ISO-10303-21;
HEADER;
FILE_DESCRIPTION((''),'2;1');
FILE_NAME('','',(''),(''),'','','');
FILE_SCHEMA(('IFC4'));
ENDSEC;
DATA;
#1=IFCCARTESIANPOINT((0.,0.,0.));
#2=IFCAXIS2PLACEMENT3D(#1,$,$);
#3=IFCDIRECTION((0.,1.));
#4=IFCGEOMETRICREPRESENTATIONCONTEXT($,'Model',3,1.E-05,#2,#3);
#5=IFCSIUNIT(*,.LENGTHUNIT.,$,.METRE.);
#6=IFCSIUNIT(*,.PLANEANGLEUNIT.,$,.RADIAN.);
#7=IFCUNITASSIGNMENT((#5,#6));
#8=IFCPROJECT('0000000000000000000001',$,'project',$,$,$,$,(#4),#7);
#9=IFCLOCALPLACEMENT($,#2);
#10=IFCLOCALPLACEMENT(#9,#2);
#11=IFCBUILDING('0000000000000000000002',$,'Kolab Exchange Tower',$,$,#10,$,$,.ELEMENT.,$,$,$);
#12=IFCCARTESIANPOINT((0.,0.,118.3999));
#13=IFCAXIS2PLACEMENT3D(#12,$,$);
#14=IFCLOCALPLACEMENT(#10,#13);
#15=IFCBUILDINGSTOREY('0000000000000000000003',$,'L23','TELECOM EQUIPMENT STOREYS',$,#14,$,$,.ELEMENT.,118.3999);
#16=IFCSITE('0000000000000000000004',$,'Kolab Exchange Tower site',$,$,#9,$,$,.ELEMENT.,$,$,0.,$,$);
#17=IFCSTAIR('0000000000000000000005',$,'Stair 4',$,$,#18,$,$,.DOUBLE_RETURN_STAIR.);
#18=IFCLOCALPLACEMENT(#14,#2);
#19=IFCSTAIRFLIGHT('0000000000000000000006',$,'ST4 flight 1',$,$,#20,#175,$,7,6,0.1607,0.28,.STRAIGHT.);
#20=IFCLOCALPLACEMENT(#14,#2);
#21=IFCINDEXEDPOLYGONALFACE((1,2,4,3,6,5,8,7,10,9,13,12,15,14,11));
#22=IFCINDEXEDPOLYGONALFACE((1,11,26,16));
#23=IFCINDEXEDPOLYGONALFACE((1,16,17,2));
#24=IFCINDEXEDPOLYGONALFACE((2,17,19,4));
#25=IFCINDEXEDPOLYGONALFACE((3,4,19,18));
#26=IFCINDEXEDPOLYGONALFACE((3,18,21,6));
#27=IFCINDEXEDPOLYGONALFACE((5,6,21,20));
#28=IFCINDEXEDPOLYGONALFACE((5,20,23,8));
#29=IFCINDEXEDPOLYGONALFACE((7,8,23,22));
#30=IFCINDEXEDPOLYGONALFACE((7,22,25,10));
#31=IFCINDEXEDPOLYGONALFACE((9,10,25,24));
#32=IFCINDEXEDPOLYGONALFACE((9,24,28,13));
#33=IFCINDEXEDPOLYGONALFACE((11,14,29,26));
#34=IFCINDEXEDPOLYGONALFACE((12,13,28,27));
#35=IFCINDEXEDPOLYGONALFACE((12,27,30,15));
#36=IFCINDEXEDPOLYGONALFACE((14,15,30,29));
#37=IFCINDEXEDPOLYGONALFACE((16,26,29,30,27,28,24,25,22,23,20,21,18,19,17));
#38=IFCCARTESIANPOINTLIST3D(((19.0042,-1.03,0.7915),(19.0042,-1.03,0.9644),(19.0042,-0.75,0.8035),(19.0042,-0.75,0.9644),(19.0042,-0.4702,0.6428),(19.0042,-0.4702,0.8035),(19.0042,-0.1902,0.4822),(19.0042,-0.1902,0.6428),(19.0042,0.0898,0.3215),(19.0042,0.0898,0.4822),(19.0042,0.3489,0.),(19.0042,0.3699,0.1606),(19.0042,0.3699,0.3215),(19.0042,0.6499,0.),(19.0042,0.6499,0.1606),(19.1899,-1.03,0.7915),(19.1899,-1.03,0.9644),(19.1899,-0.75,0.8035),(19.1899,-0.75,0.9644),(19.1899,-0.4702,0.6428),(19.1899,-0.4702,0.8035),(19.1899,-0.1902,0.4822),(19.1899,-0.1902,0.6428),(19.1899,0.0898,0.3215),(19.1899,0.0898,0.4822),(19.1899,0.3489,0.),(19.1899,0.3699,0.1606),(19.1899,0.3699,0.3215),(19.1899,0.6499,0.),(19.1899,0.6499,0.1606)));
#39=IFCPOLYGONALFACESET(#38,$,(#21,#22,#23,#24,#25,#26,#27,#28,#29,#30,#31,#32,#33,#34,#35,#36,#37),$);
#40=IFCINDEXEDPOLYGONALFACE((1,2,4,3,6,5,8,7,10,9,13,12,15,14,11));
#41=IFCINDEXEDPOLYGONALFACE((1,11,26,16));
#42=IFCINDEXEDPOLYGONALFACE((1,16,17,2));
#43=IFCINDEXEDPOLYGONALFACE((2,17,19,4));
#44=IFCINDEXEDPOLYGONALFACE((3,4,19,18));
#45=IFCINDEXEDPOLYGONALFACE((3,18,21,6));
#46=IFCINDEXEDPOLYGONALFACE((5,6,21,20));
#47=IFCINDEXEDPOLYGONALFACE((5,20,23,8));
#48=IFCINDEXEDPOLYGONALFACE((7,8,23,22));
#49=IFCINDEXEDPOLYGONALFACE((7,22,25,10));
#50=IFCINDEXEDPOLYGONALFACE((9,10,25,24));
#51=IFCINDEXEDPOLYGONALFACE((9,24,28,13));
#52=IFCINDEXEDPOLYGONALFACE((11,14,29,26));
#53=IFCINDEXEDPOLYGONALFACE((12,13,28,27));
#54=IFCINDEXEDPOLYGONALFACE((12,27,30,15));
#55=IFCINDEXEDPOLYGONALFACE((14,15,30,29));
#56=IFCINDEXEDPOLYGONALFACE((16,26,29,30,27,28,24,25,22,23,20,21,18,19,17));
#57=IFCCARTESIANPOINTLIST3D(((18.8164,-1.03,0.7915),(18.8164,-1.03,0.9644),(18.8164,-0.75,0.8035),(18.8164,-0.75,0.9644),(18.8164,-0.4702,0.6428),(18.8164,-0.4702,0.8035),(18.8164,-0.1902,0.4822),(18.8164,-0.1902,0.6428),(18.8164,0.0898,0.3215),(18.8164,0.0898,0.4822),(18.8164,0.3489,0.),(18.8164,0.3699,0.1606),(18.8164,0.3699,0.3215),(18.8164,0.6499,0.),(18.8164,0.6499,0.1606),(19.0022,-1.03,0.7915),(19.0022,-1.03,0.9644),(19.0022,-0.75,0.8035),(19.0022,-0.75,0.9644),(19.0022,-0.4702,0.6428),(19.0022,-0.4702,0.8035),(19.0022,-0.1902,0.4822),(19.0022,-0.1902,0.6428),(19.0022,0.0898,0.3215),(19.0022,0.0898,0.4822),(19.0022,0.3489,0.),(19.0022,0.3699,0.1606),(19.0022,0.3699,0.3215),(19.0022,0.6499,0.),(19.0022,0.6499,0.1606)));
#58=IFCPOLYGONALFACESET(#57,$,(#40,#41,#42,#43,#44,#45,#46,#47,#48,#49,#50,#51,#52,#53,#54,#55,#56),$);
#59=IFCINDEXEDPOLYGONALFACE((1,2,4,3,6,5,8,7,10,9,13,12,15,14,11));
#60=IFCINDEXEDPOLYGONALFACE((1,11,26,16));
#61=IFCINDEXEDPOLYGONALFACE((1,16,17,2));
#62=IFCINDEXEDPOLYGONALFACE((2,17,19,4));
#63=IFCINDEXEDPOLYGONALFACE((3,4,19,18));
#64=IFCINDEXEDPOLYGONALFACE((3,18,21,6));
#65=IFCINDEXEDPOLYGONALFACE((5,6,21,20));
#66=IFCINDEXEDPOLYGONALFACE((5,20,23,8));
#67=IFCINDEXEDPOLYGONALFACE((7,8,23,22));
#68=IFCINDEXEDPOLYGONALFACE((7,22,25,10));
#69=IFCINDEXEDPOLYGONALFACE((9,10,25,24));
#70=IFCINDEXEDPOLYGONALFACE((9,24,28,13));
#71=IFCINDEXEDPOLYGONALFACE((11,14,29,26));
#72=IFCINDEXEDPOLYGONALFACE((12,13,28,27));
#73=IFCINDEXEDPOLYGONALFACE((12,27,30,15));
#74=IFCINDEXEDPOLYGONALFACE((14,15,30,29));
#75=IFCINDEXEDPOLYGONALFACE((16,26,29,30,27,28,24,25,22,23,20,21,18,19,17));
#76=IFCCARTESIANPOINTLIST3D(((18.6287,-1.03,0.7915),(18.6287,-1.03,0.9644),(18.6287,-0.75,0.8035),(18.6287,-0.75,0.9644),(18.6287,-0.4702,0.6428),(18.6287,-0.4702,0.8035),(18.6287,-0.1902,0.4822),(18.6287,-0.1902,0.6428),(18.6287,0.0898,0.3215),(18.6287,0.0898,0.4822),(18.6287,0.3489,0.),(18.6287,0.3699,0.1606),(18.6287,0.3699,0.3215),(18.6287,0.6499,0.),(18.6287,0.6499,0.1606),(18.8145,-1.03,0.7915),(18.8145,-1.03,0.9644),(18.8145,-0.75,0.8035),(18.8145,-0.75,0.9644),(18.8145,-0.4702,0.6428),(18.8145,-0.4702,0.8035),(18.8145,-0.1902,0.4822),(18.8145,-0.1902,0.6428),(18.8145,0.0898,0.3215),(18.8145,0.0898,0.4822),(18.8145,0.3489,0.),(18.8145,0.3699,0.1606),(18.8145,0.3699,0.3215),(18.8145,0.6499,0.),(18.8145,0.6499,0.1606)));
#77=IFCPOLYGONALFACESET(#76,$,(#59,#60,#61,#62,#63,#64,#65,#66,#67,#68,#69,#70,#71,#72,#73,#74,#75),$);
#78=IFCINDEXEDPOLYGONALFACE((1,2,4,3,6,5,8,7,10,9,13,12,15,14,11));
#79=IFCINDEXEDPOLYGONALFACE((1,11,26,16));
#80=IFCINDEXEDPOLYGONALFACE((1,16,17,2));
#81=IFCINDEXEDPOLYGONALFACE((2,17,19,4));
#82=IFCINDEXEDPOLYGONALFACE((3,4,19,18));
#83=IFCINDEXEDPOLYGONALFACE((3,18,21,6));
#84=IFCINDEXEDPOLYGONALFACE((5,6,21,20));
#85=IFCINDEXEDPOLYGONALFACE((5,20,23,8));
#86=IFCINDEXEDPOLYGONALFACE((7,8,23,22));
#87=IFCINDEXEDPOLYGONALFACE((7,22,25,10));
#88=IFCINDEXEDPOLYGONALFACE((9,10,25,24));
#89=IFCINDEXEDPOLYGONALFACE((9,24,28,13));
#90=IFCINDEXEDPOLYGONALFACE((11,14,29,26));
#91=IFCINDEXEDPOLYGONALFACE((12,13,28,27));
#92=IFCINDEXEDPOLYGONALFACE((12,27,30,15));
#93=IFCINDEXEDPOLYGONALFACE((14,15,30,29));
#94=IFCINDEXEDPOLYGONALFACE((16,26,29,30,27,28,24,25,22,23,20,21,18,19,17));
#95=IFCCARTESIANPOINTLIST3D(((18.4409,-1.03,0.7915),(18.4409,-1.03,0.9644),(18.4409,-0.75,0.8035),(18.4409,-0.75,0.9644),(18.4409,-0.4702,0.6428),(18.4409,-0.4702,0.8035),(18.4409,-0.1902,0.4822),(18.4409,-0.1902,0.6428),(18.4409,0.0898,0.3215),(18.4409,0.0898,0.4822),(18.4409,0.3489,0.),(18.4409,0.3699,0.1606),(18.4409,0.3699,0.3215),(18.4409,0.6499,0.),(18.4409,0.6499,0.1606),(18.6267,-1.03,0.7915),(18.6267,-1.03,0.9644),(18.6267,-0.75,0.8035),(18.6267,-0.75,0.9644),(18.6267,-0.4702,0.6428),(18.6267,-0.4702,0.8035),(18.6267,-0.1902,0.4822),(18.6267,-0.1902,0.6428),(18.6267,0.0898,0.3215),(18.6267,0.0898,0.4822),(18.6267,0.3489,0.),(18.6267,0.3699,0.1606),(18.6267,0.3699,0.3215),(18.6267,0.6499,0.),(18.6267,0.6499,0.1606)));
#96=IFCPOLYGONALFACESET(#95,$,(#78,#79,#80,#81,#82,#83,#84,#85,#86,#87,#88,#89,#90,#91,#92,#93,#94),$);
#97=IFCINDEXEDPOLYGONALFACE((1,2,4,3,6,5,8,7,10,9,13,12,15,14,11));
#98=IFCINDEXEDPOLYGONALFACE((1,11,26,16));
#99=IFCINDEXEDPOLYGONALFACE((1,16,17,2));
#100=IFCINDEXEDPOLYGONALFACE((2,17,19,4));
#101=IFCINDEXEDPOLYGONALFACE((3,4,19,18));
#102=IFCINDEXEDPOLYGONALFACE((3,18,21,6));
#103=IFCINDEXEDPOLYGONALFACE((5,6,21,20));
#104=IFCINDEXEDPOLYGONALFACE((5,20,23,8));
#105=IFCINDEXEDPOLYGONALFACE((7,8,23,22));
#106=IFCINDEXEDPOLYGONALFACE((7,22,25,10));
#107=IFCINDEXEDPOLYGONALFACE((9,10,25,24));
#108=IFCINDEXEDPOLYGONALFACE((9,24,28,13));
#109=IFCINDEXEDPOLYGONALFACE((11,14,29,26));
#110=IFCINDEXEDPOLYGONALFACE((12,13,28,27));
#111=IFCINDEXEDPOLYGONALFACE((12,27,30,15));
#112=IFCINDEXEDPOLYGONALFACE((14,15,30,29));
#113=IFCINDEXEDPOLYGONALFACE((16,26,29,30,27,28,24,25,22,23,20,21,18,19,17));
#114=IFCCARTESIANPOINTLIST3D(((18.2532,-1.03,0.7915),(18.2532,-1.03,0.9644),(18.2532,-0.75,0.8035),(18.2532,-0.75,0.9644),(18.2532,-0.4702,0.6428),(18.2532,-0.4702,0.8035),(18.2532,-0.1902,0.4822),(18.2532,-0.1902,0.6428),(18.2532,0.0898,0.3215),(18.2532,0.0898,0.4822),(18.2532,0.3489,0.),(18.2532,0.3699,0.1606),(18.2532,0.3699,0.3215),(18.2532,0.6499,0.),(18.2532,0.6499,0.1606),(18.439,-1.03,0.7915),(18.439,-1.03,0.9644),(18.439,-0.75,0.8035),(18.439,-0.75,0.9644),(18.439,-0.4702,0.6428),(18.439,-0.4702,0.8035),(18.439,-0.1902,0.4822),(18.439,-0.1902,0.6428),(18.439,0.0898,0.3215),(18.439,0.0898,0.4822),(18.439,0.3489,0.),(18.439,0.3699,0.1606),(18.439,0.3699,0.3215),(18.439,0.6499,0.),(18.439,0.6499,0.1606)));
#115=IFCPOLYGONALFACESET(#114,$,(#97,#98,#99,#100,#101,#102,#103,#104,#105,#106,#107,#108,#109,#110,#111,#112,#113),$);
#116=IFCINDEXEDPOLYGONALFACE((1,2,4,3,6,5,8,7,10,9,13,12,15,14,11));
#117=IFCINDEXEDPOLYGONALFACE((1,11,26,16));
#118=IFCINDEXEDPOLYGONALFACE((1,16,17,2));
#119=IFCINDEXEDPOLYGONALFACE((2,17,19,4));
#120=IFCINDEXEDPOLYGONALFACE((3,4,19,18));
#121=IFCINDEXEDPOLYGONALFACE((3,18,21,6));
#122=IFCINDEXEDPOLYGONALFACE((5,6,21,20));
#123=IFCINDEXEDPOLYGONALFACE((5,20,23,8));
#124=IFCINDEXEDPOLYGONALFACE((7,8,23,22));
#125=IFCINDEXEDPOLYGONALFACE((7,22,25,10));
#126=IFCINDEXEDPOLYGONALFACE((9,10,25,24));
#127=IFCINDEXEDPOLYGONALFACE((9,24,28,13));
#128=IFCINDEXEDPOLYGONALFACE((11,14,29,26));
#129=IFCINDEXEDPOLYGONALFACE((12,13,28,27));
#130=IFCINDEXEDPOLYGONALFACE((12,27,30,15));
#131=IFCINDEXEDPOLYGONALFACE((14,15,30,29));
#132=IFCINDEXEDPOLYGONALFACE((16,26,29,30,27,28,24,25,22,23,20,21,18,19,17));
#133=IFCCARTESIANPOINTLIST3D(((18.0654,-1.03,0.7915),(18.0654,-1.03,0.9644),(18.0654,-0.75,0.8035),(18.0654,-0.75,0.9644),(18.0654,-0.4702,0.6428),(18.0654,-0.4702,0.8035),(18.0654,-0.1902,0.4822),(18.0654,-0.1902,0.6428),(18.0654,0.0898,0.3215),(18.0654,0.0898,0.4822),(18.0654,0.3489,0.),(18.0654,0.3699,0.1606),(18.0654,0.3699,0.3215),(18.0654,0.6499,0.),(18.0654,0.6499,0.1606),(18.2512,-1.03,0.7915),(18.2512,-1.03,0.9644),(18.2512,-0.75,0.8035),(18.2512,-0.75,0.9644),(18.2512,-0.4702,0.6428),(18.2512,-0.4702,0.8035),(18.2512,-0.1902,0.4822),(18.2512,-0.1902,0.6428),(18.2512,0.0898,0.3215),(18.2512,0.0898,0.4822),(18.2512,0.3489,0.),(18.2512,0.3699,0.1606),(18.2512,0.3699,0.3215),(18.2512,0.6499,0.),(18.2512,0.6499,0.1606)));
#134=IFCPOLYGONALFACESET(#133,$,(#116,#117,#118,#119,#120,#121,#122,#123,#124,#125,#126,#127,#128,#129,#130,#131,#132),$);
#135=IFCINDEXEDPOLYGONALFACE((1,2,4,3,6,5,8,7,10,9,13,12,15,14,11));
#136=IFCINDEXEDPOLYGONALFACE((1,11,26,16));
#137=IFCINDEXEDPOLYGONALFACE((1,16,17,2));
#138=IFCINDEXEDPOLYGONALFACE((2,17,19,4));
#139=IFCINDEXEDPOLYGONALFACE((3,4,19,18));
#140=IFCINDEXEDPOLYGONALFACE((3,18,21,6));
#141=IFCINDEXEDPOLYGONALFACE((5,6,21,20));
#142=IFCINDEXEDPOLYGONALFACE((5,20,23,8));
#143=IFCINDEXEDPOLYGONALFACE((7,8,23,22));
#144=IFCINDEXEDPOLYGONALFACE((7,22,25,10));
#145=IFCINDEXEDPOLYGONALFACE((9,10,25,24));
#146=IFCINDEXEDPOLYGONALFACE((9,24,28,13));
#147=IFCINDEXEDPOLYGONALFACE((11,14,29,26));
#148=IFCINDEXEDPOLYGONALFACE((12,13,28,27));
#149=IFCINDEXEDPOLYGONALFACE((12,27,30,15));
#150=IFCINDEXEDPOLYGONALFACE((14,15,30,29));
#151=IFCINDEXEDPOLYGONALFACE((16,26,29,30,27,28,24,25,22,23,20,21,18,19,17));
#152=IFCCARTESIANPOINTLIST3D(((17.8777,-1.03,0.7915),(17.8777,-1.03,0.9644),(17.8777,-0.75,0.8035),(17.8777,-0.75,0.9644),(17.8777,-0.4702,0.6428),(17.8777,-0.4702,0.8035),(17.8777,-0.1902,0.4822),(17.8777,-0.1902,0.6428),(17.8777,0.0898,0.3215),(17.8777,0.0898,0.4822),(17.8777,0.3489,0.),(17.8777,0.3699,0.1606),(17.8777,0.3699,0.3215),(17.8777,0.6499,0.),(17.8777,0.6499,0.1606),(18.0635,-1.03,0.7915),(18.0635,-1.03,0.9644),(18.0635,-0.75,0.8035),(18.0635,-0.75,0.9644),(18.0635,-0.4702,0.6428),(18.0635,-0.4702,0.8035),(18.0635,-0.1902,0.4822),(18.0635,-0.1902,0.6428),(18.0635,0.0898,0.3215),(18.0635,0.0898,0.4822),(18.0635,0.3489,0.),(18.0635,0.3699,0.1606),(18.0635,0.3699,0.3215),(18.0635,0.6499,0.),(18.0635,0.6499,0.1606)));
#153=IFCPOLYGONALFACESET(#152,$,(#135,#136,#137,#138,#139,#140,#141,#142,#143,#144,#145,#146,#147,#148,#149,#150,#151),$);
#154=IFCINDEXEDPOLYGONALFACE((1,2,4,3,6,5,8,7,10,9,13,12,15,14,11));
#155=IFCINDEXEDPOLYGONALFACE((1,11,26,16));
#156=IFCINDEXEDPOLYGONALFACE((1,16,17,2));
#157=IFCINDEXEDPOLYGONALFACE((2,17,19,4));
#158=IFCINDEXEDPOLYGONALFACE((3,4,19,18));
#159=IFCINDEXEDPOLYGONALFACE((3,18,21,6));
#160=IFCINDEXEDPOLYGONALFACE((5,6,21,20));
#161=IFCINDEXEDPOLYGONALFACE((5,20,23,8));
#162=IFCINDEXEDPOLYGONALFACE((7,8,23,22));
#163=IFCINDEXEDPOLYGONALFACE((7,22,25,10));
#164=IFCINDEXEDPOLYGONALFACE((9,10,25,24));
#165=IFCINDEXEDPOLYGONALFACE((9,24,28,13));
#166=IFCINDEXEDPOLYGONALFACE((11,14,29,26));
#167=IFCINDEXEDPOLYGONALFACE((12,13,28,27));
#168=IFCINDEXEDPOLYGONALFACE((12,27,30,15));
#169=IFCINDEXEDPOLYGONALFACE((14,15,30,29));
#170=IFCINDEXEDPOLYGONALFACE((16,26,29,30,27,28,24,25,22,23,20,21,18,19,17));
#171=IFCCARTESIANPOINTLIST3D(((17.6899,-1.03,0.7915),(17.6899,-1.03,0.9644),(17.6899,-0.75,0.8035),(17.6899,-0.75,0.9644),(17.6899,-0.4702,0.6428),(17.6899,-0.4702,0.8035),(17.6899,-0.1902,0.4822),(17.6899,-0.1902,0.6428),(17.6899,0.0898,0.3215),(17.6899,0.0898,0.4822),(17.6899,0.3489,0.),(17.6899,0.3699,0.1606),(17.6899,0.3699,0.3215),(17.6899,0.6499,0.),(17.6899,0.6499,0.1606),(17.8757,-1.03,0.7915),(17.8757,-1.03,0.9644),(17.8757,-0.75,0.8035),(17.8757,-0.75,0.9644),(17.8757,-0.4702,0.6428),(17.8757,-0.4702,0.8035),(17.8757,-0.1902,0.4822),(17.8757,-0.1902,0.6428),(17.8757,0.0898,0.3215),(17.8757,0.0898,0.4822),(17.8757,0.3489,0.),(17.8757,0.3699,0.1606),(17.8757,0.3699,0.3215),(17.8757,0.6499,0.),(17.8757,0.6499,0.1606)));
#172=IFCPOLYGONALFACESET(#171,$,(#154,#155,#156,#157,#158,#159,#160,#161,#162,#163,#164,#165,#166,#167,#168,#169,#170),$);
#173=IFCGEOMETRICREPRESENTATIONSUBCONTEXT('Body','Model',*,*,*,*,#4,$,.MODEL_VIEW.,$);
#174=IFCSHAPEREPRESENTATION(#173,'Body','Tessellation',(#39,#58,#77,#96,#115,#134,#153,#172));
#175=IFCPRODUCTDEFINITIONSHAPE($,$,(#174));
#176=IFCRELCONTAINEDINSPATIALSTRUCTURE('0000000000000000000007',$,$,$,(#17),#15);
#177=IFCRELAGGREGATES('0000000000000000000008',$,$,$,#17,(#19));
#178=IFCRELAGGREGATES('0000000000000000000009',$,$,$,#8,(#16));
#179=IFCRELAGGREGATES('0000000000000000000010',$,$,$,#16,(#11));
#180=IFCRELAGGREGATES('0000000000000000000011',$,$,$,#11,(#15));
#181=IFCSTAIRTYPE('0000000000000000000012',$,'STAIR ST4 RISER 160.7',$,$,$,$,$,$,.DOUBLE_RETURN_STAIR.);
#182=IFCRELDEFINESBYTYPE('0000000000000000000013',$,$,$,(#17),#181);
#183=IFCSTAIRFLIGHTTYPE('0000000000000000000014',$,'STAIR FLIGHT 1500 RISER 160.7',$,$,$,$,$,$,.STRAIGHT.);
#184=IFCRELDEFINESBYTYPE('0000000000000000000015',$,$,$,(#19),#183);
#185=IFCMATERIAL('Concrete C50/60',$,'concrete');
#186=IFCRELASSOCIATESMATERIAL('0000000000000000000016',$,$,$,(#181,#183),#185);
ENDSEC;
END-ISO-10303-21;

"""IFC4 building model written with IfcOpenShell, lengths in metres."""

from ifc_helpers import new_model, si_unit, direction, frame, origin, place, context, subcontext, project, spatial, polyline, outline, extrude, material, type_object, element, aggregate, save


model = new_model("IFC4")

# Units and contexts
model_context = context("Model", 3, precision=1e-05, world=origin(), true_north=direction((0.0, 1.0)))
body_context = subcontext(model_context, "Body", "Model", "MODEL_VIEW")
ifc_project = project(units=[si_unit("LENGTHUNIT", "METRE"), si_unit("PLANEANGLEUNIT", "RADIAN")], contexts=[model_context])

# Site, building, storey
site_placement = place(None, origin())
site = spatial("IfcSite", under=ifc_project, at=site_placement, Name="Kolab Exchange Tower site", CompositionType="ELEMENT", RefElevation=0.0)
building_placement = place(site_placement, origin())
building = spatial("IfcBuilding", under=site, at=building_placement, Name="Kolab Exchange Tower", CompositionType="ELEMENT")
storey_placement = place(building_placement, frame((0.0, 0.0, 118.3999)))
storey = spatial("IfcBuildingStorey", under=building, at=storey_placement, Name="L23", Description="TELECOM EQUIPMENT STOREYS", CompositionType="ELEMENT", Elevation=118.3999)

# Shared definitions
ifc_material_1 = material(Name="Concrete C50/60", Category="concrete")

# Stair, stair flight
stair_type = type_object("IfcStairType", Name="STAIR ST4 RISER 160.7", PredefinedType="DOUBLE_RETURN_STAIR", material=ifc_material_1)
stair_placement = place(storey_placement, origin())
stair = element("IfcStair", 1, at=stair_placement, inside=storey, type_object=stair_type, Name="Stair 4", PredefinedType="DOUBLE_RETURN_STAIR")
stair_flight_type = type_object("IfcStairFlightType", Name="STAIR FLIGHT 1500 RISER 160.7", PredefinedType="STRAIGHT", material=ifc_material_1)
stair_flight_1_placement = place(storey_placement, frame((18.4399, 0.6499, 0.0), z_axis=(0.0, 0.0, 1.0), x_axis=(0.0, -1.0, 0.0)))
stair_flight_1 = element("IfcStairFlight", 2, at=stair_flight_1_placement, type_object=stair_flight_type, Name="ST4 flight 1", NumberOfRisers=7, NumberOfTreads=6, PredefinedType="STRAIGHT", RiserHeight=0.1607, TreadLength=0.28, context=body_context, shape_type="SweptSolid", body=[
    extrude(outline(polyline([(0.0, 0.0), (0.0, 0.1606), (0.28, 0.1606), (0.28, 0.3215), (0.5601, 0.3215), (0.5601, 0.4822), (0.8401, 0.4822), (0.8401, 0.6428), (1.1201, 0.6428), (1.1201, 0.8035), (1.3999, 0.8035), (1.3999, 0.9644), (1.6799, 0.9644), (1.6799, 1.125), (1.6799, 0.7915), (0.301, 0.0), (0.0, 0.0)])), frame((0.0, 0.75, 0.0), z_axis=(0.0, -1.0, 0.0), x_axis=(1.0, 0.0, 0.0)), (0.0, 0.0, 1.0), 0.1858),
    extrude(outline(polyline([(0.0, 0.0), (0.0, 0.1606), (0.28, 0.1606), (0.28, 0.3215), (0.5601, 0.3215), (0.5601, 0.4822), (0.8401, 0.4822), (0.8401, 0.6428), (1.1201, 0.6428), (1.1201, 0.8035), (1.3999, 0.8035), (1.3999, 0.9644), (1.6799, 0.9644), (1.6799, 1.125), (1.6799, 0.7915), (0.301, 0.0), (0.0, 0.0)])), frame((0.0, 0.5623, 0.0), z_axis=(0.0, -1.0, 0.0), x_axis=(1.0, 0.0, 0.0)), (0.0, 0.0, 1.0), 0.1858),
    extrude(outline(polyline([(0.0, 0.0), (0.0, 0.1606), (0.28, 0.1606), (0.28, 0.3215), (0.5601, 0.3215), (0.5601, 0.4822), (0.8401, 0.4822), (0.8401, 0.6428), (1.1201, 0.6428), (1.1201, 0.8035), (1.3999, 0.8035), (1.3999, 0.9644), (1.6799, 0.9644), (1.6799, 1.125), (1.6799, 0.7915), (0.301, 0.0), (0.0, 0.0)])), frame((0.0, 0.3745, 0.0), z_axis=(0.0, -1.0, 0.0), x_axis=(1.0, 0.0, 0.0)), (0.0, 0.0, 1.0), 0.1858),
    extrude(outline(polyline([(0.0, 0.0), (0.0, 0.1606), (0.28, 0.1606), (0.28, 0.3215), (0.5601, 0.3215), (0.5601, 0.4822), (0.8401, 0.4822), (0.8401, 0.6428), (1.1201, 0.6428), (1.1201, 0.8035), (1.3999, 0.8035), (1.3999, 0.9644), (1.6799, 0.9644), (1.6799, 1.125), (1.6799, 0.7915), (0.301, 0.0), (0.0, 0.0)])), frame((0.0, 0.1868, 0.0), z_axis=(0.0, -1.0, 0.0), x_axis=(1.0, 0.0, 0.0)), (0.0, 0.0, 1.0), 0.1858),
    extrude(outline(polyline([(0.0, 0.0), (0.0, 0.1606), (0.28, 0.1606), (0.28, 0.3215), (0.5601, 0.3215), (0.5601, 0.4822), (0.8401, 0.4822), (0.8401, 0.6428), (1.1201, 0.6428), (1.1201, 0.8035), (1.3999, 0.8035), (1.3999, 0.9644), (1.6799, 0.9644), (1.6799, 1.125), (1.6799, 0.7915), (0.301, 0.0), (0.0, 0.0)])), frame((0.0, -0.001, 0.0), z_axis=(0.0, -1.0, 0.0), x_axis=(1.0, 0.0, 0.0)), (0.0, 0.0, 1.0), 0.1858),
    extrude(outline(polyline([(0.0, 0.0), (0.0, 0.1606), (0.28, 0.1606), (0.28, 0.3215), (0.5601, 0.3215), (0.5601, 0.4822), (0.8401, 0.4822), (0.8401, 0.6428), (1.1201, 0.6428), (1.1201, 0.8035), (1.3999, 0.8035), (1.3999, 0.9644), (1.6799, 0.9644), (1.6799, 1.125), (1.6799, 0.7915), (0.301, 0.0), (0.0, 0.0)])), frame((0.0, -0.1887, 0.0), z_axis=(0.0, -1.0, 0.0), x_axis=(1.0, 0.0, 0.0)), (0.0, 0.0, 1.0), 0.1858),
    extrude(outline(polyline([(0.0, 0.0), (0.0, 0.1606), (0.28, 0.1606), (0.28, 0.3215), (0.5601, 0.3215), (0.5601, 0.4822), (0.8401, 0.4822), (0.8401, 0.6428), (1.1201, 0.6428), (1.1201, 0.8035), (1.3999, 0.8035), (1.3999, 0.9644), (1.6799, 0.9644), (1.6799, 1.125), (1.6799, 0.7915), (0.301, 0.0), (0.0, 0.0)])), frame((0.0, -0.3765, 0.0), z_axis=(0.0, -1.0, 0.0), x_axis=(1.0, 0.0, 0.0)), (0.0, 0.0, 1.0), 0.1858),
    extrude(outline(polyline([(0.0, 0.0), (0.0, 0.1606), (0.28, 0.1606), (0.28, 0.3215), (0.5601, 0.3215), (0.5601, 0.4822), (0.8401, 0.4822), (0.8401, 0.6428), (1.1201, 0.6428), (1.1201, 0.8035), (1.3999, 0.8035), (1.3999, 0.9644), (1.6799, 0.9644), (1.6799, 1.125), (1.6799, 0.7915), (0.301, 0.0), (0.0, 0.0)])), frame((0.0, -0.5642, 0.0), z_axis=(0.0, -1.0, 0.0), x_axis=(1.0, 0.0, 0.0)), (0.0, 0.0, 1.0), 0.1858),
])
aggregate(stair, [stair_flight_1])

save(model, "model.ifc")
